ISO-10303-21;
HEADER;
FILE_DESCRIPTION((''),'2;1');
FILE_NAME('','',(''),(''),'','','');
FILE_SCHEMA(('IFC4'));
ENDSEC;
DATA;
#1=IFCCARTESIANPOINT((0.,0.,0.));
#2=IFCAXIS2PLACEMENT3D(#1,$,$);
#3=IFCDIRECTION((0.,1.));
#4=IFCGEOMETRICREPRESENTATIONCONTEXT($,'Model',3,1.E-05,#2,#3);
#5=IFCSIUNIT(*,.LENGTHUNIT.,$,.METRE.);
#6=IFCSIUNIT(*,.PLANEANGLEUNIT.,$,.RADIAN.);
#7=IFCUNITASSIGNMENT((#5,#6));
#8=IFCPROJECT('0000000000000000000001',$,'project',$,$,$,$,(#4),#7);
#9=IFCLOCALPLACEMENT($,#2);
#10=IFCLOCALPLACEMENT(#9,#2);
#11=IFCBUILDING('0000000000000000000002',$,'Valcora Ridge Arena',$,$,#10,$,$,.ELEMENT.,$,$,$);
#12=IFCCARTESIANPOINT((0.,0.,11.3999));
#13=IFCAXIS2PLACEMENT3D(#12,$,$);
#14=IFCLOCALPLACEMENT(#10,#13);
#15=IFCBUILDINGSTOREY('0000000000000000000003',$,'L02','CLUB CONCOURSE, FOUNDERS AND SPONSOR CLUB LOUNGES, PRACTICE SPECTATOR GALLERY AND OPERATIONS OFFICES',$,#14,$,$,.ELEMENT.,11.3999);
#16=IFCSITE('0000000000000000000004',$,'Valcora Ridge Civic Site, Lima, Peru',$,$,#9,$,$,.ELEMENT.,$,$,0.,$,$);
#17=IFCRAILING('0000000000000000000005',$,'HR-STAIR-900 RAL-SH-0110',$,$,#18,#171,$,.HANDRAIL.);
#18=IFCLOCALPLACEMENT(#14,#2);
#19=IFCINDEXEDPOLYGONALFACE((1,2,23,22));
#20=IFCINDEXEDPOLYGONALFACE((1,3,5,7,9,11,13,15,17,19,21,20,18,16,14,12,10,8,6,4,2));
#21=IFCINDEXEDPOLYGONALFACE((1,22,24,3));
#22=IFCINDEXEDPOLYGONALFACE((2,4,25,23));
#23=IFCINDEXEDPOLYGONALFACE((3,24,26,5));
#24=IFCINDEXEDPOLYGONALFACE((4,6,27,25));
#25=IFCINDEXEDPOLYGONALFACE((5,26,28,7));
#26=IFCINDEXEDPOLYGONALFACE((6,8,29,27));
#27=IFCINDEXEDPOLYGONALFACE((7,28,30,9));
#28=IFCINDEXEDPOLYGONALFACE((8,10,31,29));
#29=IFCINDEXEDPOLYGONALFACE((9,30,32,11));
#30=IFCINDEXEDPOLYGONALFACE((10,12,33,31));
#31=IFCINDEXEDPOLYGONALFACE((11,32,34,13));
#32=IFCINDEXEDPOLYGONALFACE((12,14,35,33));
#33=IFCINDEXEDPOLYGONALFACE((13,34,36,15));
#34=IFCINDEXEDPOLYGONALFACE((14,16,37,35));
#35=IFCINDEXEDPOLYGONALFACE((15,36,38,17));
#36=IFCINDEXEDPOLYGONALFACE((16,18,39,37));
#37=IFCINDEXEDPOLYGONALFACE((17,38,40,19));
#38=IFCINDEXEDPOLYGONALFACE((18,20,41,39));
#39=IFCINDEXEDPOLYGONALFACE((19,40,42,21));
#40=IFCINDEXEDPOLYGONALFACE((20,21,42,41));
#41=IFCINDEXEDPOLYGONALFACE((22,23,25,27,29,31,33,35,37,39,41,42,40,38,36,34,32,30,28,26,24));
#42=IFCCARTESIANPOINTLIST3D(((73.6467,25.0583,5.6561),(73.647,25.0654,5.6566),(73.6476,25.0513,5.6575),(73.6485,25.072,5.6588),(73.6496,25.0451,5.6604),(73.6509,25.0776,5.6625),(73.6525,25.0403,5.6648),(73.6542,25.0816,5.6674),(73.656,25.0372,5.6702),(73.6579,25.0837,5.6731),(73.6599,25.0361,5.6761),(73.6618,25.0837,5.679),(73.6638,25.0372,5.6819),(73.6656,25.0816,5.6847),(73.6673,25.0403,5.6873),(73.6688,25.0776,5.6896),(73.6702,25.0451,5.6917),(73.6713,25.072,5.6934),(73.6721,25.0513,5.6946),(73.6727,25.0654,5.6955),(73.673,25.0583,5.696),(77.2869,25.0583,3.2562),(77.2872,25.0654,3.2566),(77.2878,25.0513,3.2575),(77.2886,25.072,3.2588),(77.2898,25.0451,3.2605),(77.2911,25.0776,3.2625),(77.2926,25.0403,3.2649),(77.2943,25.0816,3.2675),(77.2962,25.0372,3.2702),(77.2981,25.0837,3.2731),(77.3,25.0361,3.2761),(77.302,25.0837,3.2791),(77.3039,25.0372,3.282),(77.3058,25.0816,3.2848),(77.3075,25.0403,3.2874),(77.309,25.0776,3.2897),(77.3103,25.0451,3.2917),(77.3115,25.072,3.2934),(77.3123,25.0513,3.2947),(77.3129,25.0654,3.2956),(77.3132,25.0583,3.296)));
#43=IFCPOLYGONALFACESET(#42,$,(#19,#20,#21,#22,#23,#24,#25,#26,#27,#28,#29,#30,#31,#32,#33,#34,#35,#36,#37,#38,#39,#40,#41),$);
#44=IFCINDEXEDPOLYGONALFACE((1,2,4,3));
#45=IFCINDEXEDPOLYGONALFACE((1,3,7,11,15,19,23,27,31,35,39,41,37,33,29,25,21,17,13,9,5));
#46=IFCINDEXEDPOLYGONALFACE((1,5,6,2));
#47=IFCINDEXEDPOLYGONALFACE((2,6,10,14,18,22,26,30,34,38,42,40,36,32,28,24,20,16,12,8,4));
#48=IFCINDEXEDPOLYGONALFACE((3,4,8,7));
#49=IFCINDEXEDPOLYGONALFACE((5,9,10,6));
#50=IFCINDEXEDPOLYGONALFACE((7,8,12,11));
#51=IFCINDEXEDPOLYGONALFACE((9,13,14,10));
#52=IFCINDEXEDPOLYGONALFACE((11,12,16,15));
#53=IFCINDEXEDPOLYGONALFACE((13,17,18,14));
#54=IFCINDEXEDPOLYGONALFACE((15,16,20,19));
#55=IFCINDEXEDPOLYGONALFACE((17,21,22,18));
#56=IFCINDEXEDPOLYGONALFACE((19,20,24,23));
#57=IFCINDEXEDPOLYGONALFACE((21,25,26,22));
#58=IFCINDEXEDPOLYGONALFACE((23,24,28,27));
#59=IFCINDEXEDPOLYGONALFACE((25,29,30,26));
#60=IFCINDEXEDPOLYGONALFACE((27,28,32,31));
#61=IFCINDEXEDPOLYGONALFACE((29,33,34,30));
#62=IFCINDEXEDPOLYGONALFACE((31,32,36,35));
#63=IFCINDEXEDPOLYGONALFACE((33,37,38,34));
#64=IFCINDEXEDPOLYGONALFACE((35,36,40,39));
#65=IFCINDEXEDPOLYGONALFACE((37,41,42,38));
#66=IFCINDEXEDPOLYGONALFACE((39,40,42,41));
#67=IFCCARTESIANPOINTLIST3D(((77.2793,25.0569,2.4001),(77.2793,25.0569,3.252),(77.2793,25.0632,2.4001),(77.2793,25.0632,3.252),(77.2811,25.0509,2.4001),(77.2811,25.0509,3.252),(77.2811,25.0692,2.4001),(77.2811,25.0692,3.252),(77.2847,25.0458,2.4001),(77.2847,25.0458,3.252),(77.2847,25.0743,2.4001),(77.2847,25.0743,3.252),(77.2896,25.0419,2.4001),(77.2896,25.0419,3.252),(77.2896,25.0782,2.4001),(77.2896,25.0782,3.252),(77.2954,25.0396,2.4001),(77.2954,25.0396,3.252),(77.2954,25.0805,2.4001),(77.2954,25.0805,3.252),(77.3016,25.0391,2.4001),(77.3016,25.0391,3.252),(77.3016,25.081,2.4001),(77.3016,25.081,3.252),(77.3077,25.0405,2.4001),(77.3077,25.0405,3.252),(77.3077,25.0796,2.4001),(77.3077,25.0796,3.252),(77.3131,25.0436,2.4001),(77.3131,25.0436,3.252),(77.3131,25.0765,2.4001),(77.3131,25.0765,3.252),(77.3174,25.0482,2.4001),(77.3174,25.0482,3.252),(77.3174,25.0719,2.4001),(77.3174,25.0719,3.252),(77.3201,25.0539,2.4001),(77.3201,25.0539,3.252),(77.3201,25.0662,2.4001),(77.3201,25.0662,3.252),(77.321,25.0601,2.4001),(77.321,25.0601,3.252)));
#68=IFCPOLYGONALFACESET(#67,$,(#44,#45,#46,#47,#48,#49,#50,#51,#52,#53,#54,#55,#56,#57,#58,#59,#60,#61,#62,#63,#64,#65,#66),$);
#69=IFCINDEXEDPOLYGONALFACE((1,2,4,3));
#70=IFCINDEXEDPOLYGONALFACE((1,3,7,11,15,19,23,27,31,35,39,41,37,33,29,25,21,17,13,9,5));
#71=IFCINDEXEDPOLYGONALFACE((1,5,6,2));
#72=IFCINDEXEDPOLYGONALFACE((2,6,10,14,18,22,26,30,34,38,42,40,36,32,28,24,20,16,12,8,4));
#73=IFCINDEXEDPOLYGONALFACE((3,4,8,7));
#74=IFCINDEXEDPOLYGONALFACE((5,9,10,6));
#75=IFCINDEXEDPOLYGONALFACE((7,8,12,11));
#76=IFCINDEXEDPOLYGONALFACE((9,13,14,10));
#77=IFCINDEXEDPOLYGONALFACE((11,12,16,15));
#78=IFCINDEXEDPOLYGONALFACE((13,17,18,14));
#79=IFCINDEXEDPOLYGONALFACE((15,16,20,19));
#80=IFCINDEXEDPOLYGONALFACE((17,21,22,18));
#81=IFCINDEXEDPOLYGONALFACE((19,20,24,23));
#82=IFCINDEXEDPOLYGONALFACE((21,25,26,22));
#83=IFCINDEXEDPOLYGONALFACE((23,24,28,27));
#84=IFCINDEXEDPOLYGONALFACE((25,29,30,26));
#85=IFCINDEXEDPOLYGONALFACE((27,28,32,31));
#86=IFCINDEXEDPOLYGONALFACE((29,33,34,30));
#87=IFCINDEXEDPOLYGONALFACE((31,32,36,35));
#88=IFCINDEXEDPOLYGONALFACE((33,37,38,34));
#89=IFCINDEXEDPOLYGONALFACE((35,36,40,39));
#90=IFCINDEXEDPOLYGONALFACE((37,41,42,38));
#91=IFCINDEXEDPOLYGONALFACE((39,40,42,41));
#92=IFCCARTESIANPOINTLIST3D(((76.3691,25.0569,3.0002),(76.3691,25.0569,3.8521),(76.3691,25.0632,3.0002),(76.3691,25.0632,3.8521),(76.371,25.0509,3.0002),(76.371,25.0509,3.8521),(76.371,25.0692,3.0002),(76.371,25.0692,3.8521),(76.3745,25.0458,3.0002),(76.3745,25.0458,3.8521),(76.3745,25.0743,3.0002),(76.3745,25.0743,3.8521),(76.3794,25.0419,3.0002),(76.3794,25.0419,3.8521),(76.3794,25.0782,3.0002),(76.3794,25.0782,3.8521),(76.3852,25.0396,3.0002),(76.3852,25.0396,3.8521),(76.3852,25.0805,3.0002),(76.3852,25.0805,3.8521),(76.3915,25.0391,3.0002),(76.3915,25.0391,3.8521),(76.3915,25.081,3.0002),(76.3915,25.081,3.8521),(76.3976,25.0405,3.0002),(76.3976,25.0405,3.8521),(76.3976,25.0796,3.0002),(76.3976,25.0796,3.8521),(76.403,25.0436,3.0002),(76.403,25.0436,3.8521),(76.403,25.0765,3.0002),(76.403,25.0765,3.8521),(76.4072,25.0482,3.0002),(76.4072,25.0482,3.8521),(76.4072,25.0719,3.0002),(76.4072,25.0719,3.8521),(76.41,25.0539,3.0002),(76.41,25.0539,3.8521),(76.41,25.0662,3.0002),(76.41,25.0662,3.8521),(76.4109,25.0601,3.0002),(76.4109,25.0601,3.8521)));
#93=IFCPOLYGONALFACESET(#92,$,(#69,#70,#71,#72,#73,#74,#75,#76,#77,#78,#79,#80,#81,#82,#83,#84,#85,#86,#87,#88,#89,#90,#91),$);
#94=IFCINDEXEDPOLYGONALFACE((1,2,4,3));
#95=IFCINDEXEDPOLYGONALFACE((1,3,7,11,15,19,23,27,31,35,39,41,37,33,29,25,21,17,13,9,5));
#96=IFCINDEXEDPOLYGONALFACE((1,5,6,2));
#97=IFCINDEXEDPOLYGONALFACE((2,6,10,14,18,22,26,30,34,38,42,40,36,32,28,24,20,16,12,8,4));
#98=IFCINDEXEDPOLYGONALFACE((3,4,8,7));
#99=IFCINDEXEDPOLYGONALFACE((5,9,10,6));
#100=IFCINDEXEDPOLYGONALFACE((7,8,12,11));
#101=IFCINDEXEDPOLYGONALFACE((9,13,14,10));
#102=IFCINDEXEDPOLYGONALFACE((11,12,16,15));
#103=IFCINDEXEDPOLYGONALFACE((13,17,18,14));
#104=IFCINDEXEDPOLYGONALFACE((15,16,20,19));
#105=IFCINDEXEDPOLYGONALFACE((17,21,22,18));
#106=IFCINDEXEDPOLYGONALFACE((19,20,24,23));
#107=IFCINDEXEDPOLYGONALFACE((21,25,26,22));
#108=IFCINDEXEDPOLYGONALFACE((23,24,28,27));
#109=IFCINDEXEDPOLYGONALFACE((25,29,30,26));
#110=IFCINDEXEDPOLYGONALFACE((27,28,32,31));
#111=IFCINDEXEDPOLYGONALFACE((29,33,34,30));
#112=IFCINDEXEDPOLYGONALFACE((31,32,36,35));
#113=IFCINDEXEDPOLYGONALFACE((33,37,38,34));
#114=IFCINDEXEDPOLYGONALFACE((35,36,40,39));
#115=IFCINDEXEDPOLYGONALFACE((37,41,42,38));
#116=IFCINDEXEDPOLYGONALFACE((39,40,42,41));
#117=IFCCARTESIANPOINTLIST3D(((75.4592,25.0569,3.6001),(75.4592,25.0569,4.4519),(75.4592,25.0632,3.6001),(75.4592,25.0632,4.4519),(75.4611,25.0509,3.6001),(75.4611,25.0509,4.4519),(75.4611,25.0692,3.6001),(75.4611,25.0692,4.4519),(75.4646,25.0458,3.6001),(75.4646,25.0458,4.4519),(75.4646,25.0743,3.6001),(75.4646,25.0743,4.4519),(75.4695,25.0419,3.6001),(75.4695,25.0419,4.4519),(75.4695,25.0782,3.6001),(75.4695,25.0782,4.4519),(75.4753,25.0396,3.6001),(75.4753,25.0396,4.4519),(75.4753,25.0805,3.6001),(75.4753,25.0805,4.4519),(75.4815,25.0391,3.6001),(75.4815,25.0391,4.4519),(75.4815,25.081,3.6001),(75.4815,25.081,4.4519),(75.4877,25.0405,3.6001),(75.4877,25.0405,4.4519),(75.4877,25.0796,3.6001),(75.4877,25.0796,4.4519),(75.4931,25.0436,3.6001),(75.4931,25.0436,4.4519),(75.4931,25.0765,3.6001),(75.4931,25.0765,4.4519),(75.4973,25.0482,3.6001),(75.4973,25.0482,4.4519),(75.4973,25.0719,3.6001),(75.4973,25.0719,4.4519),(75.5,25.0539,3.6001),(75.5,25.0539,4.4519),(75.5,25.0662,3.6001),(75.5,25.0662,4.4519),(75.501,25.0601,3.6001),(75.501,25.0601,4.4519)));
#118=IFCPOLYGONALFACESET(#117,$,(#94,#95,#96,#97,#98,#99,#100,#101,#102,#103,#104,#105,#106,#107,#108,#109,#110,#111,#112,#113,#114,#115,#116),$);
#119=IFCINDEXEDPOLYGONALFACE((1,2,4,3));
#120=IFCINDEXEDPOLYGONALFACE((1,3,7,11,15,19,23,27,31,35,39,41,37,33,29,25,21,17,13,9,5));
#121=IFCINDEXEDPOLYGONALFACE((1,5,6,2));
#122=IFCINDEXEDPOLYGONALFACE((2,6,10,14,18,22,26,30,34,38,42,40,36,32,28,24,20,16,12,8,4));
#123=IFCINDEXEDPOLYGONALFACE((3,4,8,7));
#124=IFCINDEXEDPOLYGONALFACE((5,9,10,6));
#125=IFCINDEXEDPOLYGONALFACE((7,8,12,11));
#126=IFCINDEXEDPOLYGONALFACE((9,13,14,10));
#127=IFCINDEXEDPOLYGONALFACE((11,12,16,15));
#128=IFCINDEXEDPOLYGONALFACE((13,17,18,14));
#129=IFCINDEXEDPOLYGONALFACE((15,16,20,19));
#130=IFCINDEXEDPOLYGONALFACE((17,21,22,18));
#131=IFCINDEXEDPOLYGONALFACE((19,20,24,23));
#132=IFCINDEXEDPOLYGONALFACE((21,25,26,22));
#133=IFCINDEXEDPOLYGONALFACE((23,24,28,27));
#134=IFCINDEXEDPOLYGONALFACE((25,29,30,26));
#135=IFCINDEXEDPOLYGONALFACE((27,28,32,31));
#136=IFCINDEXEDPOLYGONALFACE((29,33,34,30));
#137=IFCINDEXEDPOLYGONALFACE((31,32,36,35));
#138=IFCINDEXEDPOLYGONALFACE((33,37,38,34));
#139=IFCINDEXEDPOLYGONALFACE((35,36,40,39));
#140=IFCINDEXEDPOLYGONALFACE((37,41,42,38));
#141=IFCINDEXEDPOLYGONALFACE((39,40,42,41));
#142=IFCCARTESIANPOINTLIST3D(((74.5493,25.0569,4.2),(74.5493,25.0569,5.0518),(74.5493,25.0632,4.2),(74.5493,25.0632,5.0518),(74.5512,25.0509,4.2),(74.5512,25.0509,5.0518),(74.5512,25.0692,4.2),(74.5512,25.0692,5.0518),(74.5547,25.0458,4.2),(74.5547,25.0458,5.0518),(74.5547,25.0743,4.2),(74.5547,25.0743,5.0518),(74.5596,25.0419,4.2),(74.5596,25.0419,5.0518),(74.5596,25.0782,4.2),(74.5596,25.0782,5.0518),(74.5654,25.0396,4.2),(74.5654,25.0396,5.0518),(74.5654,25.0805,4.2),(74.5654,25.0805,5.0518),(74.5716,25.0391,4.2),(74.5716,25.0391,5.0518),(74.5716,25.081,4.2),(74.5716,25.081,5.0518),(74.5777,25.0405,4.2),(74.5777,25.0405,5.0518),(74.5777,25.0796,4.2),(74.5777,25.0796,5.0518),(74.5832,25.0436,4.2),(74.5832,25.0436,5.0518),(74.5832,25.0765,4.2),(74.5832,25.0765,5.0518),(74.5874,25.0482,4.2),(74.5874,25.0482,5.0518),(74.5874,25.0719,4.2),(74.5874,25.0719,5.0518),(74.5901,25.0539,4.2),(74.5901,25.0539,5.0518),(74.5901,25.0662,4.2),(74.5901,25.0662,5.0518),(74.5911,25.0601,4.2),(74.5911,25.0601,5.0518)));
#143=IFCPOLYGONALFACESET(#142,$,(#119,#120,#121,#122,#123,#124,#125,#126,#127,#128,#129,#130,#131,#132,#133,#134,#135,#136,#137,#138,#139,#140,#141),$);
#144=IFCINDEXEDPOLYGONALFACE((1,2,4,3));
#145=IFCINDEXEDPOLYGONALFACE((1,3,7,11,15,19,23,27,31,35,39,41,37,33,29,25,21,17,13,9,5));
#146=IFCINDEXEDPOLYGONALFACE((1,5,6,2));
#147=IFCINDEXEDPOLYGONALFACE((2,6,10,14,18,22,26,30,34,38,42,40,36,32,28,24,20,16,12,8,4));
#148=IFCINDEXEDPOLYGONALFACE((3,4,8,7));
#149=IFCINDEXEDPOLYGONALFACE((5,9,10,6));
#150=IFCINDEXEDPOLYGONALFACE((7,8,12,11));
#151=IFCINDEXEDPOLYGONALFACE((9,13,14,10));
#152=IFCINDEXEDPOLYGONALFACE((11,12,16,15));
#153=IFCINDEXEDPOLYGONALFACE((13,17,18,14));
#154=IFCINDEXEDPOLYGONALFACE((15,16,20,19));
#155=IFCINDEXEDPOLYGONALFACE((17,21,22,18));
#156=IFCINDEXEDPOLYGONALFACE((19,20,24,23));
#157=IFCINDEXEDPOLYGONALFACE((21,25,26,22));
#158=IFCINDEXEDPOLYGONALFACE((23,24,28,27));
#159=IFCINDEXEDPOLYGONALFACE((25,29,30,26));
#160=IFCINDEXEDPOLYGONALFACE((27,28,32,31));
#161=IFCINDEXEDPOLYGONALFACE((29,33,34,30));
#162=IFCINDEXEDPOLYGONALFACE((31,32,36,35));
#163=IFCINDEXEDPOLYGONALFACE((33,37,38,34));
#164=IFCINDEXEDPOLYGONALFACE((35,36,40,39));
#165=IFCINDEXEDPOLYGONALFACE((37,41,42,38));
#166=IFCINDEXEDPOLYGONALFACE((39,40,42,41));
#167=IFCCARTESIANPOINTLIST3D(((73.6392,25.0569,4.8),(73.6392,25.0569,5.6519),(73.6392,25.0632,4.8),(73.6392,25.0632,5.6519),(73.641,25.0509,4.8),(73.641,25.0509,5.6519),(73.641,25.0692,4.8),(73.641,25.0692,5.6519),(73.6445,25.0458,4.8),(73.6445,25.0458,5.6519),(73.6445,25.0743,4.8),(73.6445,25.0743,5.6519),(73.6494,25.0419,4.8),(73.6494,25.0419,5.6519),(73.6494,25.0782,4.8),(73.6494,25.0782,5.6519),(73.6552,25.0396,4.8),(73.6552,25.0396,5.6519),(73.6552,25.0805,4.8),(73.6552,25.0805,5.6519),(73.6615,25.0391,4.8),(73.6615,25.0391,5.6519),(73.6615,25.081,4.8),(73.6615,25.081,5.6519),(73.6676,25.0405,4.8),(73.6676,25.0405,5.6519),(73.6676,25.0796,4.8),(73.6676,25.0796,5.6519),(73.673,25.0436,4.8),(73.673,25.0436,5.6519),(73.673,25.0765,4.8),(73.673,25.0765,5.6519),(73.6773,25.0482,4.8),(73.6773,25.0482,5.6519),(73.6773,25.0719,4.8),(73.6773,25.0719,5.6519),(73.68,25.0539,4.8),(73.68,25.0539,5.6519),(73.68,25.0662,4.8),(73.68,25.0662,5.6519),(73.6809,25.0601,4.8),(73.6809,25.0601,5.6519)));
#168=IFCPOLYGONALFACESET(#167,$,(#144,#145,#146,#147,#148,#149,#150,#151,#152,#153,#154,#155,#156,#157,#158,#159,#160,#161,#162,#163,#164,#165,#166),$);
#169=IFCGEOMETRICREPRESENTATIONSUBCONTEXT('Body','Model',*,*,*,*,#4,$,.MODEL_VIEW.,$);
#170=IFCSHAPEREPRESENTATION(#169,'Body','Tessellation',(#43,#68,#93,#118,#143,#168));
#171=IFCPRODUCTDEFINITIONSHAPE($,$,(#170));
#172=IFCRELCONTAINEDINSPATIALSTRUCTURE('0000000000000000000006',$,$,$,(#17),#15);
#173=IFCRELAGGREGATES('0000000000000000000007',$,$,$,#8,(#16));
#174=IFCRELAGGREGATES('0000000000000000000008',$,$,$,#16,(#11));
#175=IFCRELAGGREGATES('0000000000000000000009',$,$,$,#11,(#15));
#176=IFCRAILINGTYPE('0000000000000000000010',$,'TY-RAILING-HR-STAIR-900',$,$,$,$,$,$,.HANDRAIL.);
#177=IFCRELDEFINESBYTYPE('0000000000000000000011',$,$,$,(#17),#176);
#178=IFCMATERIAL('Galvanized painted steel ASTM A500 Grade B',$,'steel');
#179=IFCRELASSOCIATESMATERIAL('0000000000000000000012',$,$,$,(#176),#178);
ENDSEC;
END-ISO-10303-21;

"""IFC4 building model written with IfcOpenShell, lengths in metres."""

from ifc_helpers import new_model, si_unit, direction, frame, origin, origin_2d, place, context, subcontext, project, spatial, circle, extrude, material, type_object, element, save


model = new_model("IFC4")

# Units and contexts
model_context = context("Model", 3, precision=1e-05, world=origin(), true_north=direction((0.0, 1.0)))
body_context = subcontext(model_context, "Body", "Model", "MODEL_VIEW")
ifc_project = project(units=[si_unit("LENGTHUNIT", "METRE"), si_unit("PLANEANGLEUNIT", "RADIAN")], contexts=[model_context])

# Site, building, storey
site_placement = place(None, origin())
site = spatial("IfcSite", under=ifc_project, at=site_placement, Name="Valcora Ridge Civic Site, Lima, Peru", CompositionType="ELEMENT", RefElevation=0.0)
building_placement = place(site_placement, origin())
building = spatial("IfcBuilding", under=site, at=building_placement, Name="Valcora Ridge Arena", CompositionType="ELEMENT")
storey_placement = place(building_placement, frame((0.0, 0.0, 11.3999)))
storey = spatial("IfcBuildingStorey", under=building, at=storey_placement, Name="L02", Description="CLUB CONCOURSE, FOUNDERS AND SPONSOR CLUB LOUNGES, PRACTICE SPECTATOR GALLERY AND OPERATIONS OFFICES", CompositionType="ELEMENT", Elevation=11.3999)

# Railing
ifc_material_1 = material(Name="Galvanized painted steel ASTM A500 Grade B", Category="steel")
railing_type_1 = type_object("IfcRailingType", Name="TY-RAILING-HR-STAIR-900", PredefinedType="HANDRAIL", material=ifc_material_1)
railing_1_placement = place(storey_placement, frame((77.3, 25.0601, 2.4001)))
element("IfcRailing", 1, at=railing_1_placement, inside=storey, type_object=railing_type_1, Name="HR-STAIR-900 RAL-SH-0110", PredefinedType="HANDRAIL", context=body_context, shape_type="SweptSolid", body=[
    extrude(circle(Radius=0.0239, at=origin_2d()), frame((0.0, 0.0, 0.876), z_axis=(-0.834882, 0.0, 0.550429), x_axis=(0.0, -1.0, 0.0)), (0.0, 0.0, 1.0), 4.3601),
    extrude(circle(Radius=0.021, at=origin_2d()), origin(), (0.0, 0.0, 1.0), 0.8518),
    extrude(circle(Radius=0.021, at=origin_2d()), frame((-0.9102, 0.0, 0.6001)), (0.0, 0.0, 1.0), 0.8518),
    extrude(circle(Radius=0.021, at=origin_2d()), frame((-1.8201, 0.0, 1.2)), (0.0, 0.0, 1.0), 0.8518),
    extrude(circle(Radius=0.021, at=origin_2d()), frame((-2.73, 0.0, 1.7998)), (0.0, 0.0, 1.0), 0.8518),
    extrude(circle(Radius=0.021, at=origin_2d()), frame((-3.6401, 0.0, 2.3999)), (0.0, 0.0, 1.0), 0.8518),
])

save(model, "model.ifc")
